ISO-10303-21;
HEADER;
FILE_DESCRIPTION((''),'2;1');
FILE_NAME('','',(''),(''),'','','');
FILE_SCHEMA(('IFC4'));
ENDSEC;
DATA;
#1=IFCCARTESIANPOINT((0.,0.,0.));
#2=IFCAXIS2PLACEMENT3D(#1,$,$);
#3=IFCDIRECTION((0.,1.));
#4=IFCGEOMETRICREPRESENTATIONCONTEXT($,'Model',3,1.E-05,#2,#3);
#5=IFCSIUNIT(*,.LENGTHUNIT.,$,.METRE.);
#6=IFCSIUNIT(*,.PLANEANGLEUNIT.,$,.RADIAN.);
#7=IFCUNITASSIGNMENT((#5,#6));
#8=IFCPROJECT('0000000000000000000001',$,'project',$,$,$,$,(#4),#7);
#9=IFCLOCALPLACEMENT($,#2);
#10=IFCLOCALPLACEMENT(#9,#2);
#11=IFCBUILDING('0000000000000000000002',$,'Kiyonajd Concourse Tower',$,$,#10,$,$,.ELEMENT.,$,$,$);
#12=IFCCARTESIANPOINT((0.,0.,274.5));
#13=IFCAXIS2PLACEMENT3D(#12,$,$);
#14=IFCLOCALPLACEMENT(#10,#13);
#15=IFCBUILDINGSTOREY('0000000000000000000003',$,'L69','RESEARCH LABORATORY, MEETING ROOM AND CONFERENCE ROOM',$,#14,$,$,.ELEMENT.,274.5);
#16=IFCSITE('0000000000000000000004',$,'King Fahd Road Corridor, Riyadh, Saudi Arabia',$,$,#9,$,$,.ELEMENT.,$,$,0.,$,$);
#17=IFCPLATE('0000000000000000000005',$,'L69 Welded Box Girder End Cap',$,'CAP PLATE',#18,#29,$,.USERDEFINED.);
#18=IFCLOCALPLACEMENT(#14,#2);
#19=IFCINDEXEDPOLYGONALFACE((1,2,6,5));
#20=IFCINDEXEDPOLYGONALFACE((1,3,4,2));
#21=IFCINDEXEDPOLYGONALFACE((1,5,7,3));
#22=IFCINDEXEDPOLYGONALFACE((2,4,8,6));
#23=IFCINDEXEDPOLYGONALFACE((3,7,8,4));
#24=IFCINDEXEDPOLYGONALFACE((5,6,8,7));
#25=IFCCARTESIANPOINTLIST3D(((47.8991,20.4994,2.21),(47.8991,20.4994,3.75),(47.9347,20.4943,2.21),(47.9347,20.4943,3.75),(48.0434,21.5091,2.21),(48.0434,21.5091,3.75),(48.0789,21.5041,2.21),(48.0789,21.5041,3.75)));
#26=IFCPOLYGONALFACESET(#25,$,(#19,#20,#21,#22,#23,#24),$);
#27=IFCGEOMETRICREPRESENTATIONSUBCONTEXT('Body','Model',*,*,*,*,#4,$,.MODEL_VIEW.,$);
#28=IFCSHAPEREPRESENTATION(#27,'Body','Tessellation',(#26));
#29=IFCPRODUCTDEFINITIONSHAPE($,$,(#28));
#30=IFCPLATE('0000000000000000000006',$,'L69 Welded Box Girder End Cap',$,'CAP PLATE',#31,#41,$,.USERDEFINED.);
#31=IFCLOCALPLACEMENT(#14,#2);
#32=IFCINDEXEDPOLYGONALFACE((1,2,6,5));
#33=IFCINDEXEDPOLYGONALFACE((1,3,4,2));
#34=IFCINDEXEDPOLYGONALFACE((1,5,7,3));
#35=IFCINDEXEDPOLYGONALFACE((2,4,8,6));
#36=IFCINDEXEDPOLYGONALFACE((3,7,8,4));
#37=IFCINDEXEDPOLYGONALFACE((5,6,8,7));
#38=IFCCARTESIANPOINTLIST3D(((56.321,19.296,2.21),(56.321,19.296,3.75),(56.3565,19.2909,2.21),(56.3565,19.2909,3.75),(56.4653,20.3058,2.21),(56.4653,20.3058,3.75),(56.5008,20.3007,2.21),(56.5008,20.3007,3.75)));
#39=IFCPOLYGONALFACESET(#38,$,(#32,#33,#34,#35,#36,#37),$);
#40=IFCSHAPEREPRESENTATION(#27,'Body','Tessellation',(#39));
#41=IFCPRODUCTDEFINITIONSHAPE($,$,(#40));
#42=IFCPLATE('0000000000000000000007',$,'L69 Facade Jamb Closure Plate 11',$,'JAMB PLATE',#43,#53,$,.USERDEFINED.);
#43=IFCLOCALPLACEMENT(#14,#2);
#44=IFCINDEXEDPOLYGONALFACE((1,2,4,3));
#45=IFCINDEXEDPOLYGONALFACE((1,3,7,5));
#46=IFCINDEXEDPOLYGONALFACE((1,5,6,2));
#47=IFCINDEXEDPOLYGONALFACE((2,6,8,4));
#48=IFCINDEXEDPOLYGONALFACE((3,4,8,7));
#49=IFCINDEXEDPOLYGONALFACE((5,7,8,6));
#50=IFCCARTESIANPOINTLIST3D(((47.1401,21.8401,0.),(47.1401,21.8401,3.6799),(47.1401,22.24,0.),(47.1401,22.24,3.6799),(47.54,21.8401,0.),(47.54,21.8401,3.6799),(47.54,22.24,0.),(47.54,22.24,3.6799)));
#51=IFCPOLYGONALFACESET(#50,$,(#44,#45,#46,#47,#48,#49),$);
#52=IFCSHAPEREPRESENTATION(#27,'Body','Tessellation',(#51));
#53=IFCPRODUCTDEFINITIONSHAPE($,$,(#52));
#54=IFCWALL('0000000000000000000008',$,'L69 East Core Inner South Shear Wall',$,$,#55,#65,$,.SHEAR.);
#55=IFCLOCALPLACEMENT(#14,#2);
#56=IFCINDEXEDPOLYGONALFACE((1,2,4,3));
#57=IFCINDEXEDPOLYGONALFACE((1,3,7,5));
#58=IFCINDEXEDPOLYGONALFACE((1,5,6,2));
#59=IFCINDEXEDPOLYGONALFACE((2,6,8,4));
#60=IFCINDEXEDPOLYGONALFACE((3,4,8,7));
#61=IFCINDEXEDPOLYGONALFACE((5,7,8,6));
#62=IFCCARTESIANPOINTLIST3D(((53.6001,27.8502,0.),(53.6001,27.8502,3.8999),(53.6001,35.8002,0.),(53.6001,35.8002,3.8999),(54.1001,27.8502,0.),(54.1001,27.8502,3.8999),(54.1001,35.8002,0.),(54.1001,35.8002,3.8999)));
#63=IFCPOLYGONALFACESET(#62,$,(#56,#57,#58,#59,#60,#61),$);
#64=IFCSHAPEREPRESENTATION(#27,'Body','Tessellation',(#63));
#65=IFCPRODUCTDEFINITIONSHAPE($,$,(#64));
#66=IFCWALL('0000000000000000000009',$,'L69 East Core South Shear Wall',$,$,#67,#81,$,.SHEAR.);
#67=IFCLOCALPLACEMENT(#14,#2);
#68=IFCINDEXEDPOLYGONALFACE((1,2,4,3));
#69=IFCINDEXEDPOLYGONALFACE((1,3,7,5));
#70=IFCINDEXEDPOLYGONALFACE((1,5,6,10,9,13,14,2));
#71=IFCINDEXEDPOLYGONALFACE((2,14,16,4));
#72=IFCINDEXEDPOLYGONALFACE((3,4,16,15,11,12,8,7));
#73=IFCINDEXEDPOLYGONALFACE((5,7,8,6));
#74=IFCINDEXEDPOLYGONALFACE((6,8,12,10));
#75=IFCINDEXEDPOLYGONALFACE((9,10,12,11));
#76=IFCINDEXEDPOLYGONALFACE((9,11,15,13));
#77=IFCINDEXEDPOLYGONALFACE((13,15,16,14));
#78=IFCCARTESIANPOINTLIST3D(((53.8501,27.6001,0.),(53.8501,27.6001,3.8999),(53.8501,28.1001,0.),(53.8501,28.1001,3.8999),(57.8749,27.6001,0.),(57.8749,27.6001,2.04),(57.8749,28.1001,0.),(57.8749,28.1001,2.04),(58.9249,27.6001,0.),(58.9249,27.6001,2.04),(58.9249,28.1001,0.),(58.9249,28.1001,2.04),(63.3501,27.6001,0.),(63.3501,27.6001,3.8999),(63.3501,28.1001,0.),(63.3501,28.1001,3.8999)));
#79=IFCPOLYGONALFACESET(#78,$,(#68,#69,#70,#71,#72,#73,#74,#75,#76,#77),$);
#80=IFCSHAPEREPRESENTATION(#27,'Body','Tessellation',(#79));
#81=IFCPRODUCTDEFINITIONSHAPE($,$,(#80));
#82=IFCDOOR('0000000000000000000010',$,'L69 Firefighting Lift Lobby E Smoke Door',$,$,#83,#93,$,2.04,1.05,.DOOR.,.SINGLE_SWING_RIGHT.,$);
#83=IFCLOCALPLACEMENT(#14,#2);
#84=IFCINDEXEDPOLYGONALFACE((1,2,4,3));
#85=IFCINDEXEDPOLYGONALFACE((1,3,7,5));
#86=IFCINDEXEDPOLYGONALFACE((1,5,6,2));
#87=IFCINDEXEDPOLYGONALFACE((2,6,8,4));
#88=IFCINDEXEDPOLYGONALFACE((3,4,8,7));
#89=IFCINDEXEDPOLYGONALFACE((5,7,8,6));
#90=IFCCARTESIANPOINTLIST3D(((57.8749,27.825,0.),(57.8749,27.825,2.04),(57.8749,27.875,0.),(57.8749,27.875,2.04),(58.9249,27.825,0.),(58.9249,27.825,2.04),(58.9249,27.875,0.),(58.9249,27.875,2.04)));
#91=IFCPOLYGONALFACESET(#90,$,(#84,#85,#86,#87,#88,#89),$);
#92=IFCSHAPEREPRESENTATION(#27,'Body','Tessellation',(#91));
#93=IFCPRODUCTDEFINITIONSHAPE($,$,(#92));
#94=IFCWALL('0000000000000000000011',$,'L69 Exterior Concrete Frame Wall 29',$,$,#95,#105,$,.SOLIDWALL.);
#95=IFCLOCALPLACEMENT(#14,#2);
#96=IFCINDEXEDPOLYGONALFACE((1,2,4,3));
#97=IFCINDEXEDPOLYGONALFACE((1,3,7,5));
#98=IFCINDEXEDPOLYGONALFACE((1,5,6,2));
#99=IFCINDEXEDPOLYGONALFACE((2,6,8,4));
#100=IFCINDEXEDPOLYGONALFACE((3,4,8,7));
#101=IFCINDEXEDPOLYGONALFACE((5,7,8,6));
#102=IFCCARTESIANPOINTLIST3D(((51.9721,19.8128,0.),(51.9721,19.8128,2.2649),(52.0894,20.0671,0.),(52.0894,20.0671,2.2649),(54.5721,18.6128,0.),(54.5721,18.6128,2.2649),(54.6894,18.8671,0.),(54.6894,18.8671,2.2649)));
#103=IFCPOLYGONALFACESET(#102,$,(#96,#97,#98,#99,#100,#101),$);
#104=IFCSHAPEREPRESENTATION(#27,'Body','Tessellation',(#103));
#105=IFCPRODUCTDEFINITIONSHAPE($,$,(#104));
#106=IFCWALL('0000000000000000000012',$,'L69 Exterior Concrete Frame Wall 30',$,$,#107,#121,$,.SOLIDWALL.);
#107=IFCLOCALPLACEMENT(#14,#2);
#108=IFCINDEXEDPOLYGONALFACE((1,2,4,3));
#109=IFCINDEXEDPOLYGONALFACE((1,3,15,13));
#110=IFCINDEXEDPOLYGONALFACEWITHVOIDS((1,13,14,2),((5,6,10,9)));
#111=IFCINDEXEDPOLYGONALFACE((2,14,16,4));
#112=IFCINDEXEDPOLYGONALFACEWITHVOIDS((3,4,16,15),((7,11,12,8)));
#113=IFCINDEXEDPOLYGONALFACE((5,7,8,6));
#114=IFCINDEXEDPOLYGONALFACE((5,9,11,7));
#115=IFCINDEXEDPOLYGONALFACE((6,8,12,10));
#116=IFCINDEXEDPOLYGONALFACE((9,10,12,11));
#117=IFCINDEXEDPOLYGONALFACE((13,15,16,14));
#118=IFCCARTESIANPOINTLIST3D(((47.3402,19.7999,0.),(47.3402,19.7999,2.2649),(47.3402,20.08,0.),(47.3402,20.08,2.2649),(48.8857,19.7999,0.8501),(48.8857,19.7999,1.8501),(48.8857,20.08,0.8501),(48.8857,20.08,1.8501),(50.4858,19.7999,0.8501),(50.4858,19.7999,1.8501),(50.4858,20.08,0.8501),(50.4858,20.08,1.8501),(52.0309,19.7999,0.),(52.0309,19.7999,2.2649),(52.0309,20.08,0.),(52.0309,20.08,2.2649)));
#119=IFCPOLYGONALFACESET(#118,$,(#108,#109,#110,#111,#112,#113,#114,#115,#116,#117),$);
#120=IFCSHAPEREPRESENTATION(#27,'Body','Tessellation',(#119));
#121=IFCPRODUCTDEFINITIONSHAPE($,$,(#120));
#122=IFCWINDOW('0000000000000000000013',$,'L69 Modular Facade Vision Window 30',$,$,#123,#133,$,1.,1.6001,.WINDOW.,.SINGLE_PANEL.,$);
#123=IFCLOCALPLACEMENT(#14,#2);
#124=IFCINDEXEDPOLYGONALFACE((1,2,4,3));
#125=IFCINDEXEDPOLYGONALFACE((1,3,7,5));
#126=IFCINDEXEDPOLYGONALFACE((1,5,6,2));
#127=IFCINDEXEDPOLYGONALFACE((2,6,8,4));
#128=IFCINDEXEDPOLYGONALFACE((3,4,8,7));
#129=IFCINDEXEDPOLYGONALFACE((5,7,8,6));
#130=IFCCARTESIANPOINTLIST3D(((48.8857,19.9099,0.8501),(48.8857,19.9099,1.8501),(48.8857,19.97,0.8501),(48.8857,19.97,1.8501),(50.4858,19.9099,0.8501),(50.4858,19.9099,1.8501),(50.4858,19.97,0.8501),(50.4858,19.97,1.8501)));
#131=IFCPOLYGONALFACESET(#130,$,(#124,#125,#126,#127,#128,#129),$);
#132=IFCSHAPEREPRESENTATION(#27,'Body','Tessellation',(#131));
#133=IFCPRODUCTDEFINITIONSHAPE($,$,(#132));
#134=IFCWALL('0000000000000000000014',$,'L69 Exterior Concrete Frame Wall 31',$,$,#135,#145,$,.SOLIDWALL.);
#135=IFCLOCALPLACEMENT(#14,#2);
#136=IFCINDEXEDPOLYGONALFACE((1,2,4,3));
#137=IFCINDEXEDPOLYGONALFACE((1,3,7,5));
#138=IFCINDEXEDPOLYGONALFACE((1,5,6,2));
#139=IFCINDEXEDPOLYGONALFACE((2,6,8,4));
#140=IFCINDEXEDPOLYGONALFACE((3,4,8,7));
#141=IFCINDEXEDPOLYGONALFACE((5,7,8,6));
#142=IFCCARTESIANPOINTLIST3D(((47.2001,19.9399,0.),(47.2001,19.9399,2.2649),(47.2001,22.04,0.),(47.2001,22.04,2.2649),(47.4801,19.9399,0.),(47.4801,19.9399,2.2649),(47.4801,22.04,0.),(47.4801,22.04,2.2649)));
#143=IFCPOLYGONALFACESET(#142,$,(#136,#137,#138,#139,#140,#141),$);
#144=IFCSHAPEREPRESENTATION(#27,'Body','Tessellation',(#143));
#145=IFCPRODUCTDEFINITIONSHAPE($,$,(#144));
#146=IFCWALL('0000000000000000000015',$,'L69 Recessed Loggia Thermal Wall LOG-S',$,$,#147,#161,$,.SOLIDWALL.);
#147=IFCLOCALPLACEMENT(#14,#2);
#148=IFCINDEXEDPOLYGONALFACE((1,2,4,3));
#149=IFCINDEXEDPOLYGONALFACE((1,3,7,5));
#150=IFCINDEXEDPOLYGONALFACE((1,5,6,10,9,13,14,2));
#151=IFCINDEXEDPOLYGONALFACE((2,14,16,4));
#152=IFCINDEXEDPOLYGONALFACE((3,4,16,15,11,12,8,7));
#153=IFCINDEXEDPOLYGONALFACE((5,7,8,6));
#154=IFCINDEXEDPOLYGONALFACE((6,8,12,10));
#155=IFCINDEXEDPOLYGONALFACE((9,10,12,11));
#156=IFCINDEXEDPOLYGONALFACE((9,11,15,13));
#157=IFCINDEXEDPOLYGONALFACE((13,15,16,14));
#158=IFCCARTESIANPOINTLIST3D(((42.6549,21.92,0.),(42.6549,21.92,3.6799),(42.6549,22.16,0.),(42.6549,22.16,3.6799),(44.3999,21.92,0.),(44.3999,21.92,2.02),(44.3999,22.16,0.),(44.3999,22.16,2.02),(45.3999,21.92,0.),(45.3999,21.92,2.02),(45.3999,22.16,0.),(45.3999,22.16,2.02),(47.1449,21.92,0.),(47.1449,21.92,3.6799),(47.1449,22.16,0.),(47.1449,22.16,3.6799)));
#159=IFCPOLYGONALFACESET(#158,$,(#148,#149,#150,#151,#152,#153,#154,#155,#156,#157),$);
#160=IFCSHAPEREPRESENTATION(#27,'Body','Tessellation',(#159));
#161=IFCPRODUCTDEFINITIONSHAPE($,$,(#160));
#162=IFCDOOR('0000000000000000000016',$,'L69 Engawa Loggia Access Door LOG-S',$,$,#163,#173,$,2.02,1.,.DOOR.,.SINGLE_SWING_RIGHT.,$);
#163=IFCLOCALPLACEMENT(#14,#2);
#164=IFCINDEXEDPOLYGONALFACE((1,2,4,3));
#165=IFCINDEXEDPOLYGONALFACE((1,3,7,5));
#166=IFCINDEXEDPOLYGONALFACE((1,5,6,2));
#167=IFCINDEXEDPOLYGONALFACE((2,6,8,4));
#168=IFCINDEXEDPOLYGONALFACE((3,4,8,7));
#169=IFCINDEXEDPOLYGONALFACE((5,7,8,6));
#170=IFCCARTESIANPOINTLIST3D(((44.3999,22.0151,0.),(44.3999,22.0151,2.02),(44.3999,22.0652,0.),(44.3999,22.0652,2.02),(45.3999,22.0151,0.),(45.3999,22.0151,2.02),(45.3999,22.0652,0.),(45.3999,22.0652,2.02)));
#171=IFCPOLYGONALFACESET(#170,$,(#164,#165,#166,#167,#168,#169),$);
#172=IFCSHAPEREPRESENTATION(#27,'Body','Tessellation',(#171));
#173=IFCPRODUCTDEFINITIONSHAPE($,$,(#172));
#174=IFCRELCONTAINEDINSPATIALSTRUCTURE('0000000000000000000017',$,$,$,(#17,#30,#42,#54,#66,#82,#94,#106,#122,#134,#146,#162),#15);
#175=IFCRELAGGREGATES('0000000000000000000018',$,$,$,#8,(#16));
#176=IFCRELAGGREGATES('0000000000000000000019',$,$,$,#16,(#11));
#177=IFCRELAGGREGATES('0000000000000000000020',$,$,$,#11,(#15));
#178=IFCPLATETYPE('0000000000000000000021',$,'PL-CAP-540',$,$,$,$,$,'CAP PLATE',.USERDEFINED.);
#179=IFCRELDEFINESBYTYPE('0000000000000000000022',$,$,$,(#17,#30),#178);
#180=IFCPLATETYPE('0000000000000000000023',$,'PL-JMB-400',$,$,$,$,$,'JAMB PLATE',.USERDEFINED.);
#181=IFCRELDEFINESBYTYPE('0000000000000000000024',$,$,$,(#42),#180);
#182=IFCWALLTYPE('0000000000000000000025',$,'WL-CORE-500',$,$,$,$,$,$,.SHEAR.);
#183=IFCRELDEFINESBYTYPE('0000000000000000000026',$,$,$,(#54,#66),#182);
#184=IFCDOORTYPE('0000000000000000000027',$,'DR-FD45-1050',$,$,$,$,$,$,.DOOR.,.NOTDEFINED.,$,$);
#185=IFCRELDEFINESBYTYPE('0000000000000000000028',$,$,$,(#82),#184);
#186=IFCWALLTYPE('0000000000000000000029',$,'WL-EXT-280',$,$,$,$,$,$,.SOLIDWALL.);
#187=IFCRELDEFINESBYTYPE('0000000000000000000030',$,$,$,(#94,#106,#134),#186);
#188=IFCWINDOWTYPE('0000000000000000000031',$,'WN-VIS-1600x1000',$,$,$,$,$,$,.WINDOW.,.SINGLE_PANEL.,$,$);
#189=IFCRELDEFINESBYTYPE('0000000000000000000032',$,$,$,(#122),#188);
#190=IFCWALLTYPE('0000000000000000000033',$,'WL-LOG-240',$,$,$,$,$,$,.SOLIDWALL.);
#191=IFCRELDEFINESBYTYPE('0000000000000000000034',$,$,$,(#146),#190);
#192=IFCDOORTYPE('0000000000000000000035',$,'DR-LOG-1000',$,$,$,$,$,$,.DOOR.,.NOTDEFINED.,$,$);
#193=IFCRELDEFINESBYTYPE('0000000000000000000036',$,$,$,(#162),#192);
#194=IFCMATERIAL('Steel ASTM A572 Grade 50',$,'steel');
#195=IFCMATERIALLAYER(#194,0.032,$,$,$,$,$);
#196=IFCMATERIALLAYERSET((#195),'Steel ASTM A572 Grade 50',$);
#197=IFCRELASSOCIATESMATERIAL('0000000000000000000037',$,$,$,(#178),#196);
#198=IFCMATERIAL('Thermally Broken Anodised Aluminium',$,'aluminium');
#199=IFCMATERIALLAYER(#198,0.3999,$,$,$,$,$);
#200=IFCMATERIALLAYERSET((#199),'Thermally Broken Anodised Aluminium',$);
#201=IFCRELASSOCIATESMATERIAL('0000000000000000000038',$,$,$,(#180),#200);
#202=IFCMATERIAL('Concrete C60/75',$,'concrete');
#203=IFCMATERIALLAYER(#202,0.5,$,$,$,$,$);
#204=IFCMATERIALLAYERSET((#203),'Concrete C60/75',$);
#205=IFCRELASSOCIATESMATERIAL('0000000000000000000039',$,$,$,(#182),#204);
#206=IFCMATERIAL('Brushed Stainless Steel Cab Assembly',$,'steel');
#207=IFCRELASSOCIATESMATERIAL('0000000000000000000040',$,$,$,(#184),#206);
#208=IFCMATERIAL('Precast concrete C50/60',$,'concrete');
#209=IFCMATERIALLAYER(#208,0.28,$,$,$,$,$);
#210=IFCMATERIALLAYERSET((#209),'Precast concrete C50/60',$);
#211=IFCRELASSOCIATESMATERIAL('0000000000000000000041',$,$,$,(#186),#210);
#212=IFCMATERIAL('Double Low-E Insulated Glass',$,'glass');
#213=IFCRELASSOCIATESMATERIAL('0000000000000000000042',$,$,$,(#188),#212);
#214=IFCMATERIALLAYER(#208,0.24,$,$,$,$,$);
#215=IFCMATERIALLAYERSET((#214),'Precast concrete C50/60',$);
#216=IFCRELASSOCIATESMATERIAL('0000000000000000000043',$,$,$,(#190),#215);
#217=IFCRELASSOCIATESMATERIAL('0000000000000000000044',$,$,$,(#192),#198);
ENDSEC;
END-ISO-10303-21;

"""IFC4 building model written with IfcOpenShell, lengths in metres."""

from ifc_helpers import new_model, si_unit, direction, frame, frame_2d, origin, origin_2d, place, context, subcontext, project, spatial, rectangle, extrude, material, layer, layer_set, type_object, element, fill, save


model = new_model("IFC4")

# Units and contexts
model_context = context("Model", 3, precision=1e-05, world=origin(), true_north=direction((0.0, 1.0)))
body_context = subcontext(model_context, "Body", "Model", "MODEL_VIEW")
ifc_project = project(units=[si_unit("LENGTHUNIT", "METRE"), si_unit("PLANEANGLEUNIT", "RADIAN")], contexts=[model_context])

# Site, building, storey
site_placement = place(None, origin())
site = spatial("IfcSite", under=ifc_project, at=site_placement, Name="King Fahd Road Corridor, Riyadh, Saudi Arabia", CompositionType="ELEMENT", RefElevation=0.0)
building_placement = place(site_placement, origin())
building = spatial("IfcBuilding", under=site, at=building_placement, Name="Kiyonajd Concourse Tower", CompositionType="ELEMENT")
storey_placement = place(building_placement, frame((0.0, 0.0, 274.5)))
storey = spatial("IfcBuildingStorey", under=building, at=storey_placement, Name="L69", Description="RESEARCH LABORATORY, MEETING ROOM AND CONFERENCE ROOM", CompositionType="ELEMENT", Elevation=274.5)

# Shared definitions
ifc_material_1 = material(Name="Concrete C60/75", Category="concrete")

# Shared definitions
ifc_material_2 = material(Name="Steel ASTM A572 Grade 50", Category="steel")

# Plates
ifc_layer_1 = layer(ifc_material_2, 0.032)
ifc_layer_set_1 = layer_set([ifc_layer_1], Name="Steel ASTM A572 Grade 50")
plate_type_1 = type_object("IfcPlateType", Name="PL-CAP-540", ElementType="CAP PLATE", PredefinedType="USERDEFINED", material=ifc_layer_set_1)
for number, where, z_axis, x_axis, name in (
    (1, (47.989, 21.0017, 2.21), (0.0, 0.0, 1.0), (-0.98995, 0.14142, 0.0), "L69 Welded Box Girder End Cap"),
    (2, (56.4109, 19.7983, 2.21), (0.0, 0.0, 1.0), (0.98995, -0.14142, 0.0), "L69 Welded Box Girder End Cap"),
):
    element("IfcPlate", number, at=place(storey_placement, frame(where, z_axis=z_axis, x_axis=x_axis)), inside=storey, type_object=plate_type_1, Name=name, ObjectType="CAP PLATE", PredefinedType="USERDEFINED", context=body_context, shape_type="SweptSolid", body=[
        extrude(rectangle(XDim=0.0359, YDim=1.02, at=origin_2d()), origin(), (0.0, 0.0, 1.0), 1.54),
    ])
ifc_material_3 = material(Name="Thermally Broken Anodised Aluminium", Category="aluminium")
ifc_layer_2 = layer(ifc_material_3, 0.3999)
ifc_layer_set_2 = layer_set([ifc_layer_2], Name="Thermally Broken Anodised Aluminium")
plate_type_2 = type_object("IfcPlateType", Name="PL-JMB-400", ElementType="JAMB PLATE", PredefinedType="USERDEFINED", material=ifc_layer_set_2)
plate_placement = place(storey_placement, frame((47.3401, 22.04, 0.0), z_axis=(0.0, 0.0, 1.0), x_axis=(1.0, 0.0, 0.0)))
element("IfcPlate", 3, at=plate_placement, inside=storey, type_object=plate_type_2, Name="L69 Facade Jamb Closure Plate 11", ObjectType="JAMB PLATE", PredefinedType="USERDEFINED", context=body_context, shape_type="SweptSolid", body=[
    extrude(rectangle(XDim=0.3999, YDim=0.3999, at=origin_2d()), origin(), (0.0, 0.0, 1.0), 3.6799),
])

# Wall
ifc_layer_3 = layer(ifc_material_1, 0.5)
ifc_layer_set_3 = layer_set([ifc_layer_3], Name="Concrete C60/75")
wall_type_1 = type_object("IfcWallType", Name="WL-CORE-500", PredefinedType="SHEAR", material=ifc_layer_set_3)
wall_1_placement = place(storey_placement, frame((53.8501, 27.8501, 0.0), z_axis=(0.0, 0.0, 1.0), x_axis=(0.0, 1.0, 0.0)))
element("IfcWall", 4, at=wall_1_placement, inside=storey, type_object=wall_type_1, Name="L69 East Core Inner South Shear Wall", PredefinedType="SHEAR", context=body_context, shape_type="SweptSolid", body=[
    extrude(rectangle(XDim=7.95, YDim=0.5, at=frame_2d((3.9751, 0.0))), origin(), (0.0, 0.0, 1.0), 3.8999),
])

# Wall, opening, door
wall_2_placement = place(storey_placement, frame((53.8501, 27.8501, 0.0), z_axis=(0.0, 0.0, 1.0), x_axis=(1.0, 0.0, 0.0)))
wall_2 = element("IfcWall", 5, at=wall_2_placement, inside=storey, type_object=wall_type_1, Name="L69 East Core South Shear Wall", PredefinedType="SHEAR", context=body_context, shape_type="SweptSolid", body=[
    extrude(rectangle(XDim=9.5, YDim=0.5, at=frame_2d((4.75, 0.0))), origin(), (0.0, 0.0, 1.0), 3.8999),
])
opening_1_placement = place(wall_2_placement, frame((4.0249, 0.0, 0.0)))
opening_1 = element("IfcOpeningElement", 6, at=opening_1_placement, cuts=wall_2, PredefinedType="OPENING", context=body_context, shape_type="SweptSolid", body=[
    extrude(rectangle(XDim=1.05, YDim=2.04, at=frame_2d((0.5249, 1.02))), frame((0.0, 0.26, 0.0), z_axis=(0.0, -1.0, 0.0), x_axis=(1.0, 0.0, 0.0)), (0.0, 0.0, 1.0), 0.52),
])
ifc_material_4 = material(Name="Brushed Stainless Steel Cab Assembly", Category="steel")
door_type_1 = type_object("IfcDoorType", Name="DR-FD45-1050", OperationType="NOTDEFINED", PredefinedType="DOOR", material=ifc_material_4)
door_1_placement = place(opening_1_placement, origin())
door_1 = element("IfcDoor", 7, at=door_1_placement, inside=storey, type_object=door_type_1, Name="L69 Firefighting Lift Lobby E Smoke Door", OperationType="SINGLE_SWING_RIGHT", OverallHeight=2.04, OverallWidth=1.05, PredefinedType="DOOR", context=body_context, shape_type="SweptSolid", body=[
    extrude(rectangle(XDim=1.05, YDim=2.04, at=frame_2d((0.5249, 1.02))), frame((0.0, 0.0249, 0.0), z_axis=(0.0, -1.0, 0.0), x_axis=(1.0, 0.0, 0.0)), (0.0, 0.0, 1.0), 0.05),
])
fill(opening_1, door_1)

# Wall
ifc_material_5 = material(Name="Precast concrete C50/60", Category="concrete")
ifc_layer_4 = layer(ifc_material_5, 0.28)
ifc_layer_set_4 = layer_set([ifc_layer_4], Name="Precast concrete C50/60")
wall_type_2 = type_object("IfcWallType", Name="WL-EXT-280", PredefinedType="SOLIDWALL", material=ifc_layer_set_4)
wall_3_placement = place(storey_placement, frame((54.6306, 18.74, 0.0), z_axis=(0.0, 0.0, 1.0), x_axis=(-0.907957, 0.419064, 0.0)))
element("IfcWall", 8, at=wall_3_placement, inside=storey, type_object=wall_type_2, Name="L69 Exterior Concrete Frame Wall 29", PredefinedType="SOLIDWALL", context=body_context, shape_type="SweptSolid", body=[
    extrude(rectangle(XDim=2.8635, YDim=0.28, at=frame_2d((1.4316, 0.0))), origin(), (0.0, 0.0, 1.0), 2.2649),
])

# Wall, opening, window
wall_4_placement = place(storey_placement, frame((52.0308, 19.9399, 0.0), z_axis=(0.0, 0.0, 1.0), x_axis=(-1.0, 0.0, 0.0)))
wall_4 = element("IfcWall", 9, at=wall_4_placement, inside=storey, type_object=wall_type_2, Name="L69 Exterior Concrete Frame Wall 30", PredefinedType="SOLIDWALL", context=body_context, shape_type="SweptSolid", body=[
    extrude(rectangle(XDim=4.6907, YDim=0.28, at=frame_2d((2.3452, 0.0))), origin(), (0.0, 0.0, 1.0), 2.2649),
])
opening_2_placement = place(wall_4_placement, frame((1.5449, 0.0, 0.8501)))
opening_2 = element("IfcOpeningElement", 10, at=opening_2_placement, cuts=wall_4, PredefinedType="OPENING", context=body_context, shape_type="SweptSolid", body=[
    extrude(rectangle(XDim=1.6001, YDim=1.0, at=frame_2d((0.8, 0.5))), frame((0.0, 0.1499, 0.0), z_axis=(0.0, -1.0, 0.0), x_axis=(1.0, 0.0, 0.0)), (0.0, 0.0, 1.0), 0.3),
])
ifc_material_6 = material(Name="Double Low-E Insulated Glass", Category="glass")
window_type = type_object("IfcWindowType", Name="WN-VIS-1600x1000", PartitioningType="SINGLE_PANEL", PredefinedType="WINDOW", material=ifc_material_6)
window_placement = place(opening_2_placement, origin())
window = element("IfcWindow", 11, at=window_placement, inside=storey, type_object=window_type, Name="L69 Modular Facade Vision Window 30", OverallHeight=1.0, OverallWidth=1.6001, PartitioningType="SINGLE_PANEL", PredefinedType="WINDOW", context=body_context, shape_type="SweptSolid", body=[
    extrude(rectangle(XDim=1.6001, YDim=1.0, at=frame_2d((0.8, 0.5))), frame((0.0, 0.03, 0.0), z_axis=(0.0, -1.0, 0.0), x_axis=(1.0, 0.0, 0.0)), (0.0, 0.0, 1.0), 0.0601),
])
fill(opening_2, window)

# Wall
wall_5_placement = place(storey_placement, frame((47.3401, 19.9399, 0.0), z_axis=(0.0, 0.0, 1.0), x_axis=(0.0, 1.0, 0.0)))
element("IfcWall", 12, at=wall_5_placement, inside=storey, type_object=wall_type_2, Name="L69 Exterior Concrete Frame Wall 31", PredefinedType="SOLIDWALL", context=body_context, shape_type="SweptSolid", body=[
    extrude(rectangle(XDim=2.1001, YDim=0.28, at=frame_2d((1.05, 0.0))), origin(), (0.0, 0.0, 1.0), 2.2649),
])

# Wall, opening, door
ifc_layer_5 = layer(ifc_material_5, 0.24)
ifc_layer_set_5 = layer_set([ifc_layer_5], Name="Precast concrete C50/60")
wall_type_3 = type_object("IfcWallType", Name="WL-LOG-240", PredefinedType="SOLIDWALL", material=ifc_layer_set_5)
wall_6_placement = place(storey_placement, frame((47.145, 22.04, 0.0), z_axis=(0.0, 0.0, 1.0), x_axis=(-1.0, 0.0, 0.0)))
wall_6 = element("IfcWall", 13, at=wall_6_placement, inside=storey, type_object=wall_type_3, Name="L69 Recessed Loggia Thermal Wall LOG-S", PredefinedType="SOLIDWALL", context=body_context, shape_type="SweptSolid", body=[
    extrude(rectangle(XDim=4.49, YDim=0.24, at=frame_2d((2.2451, 0.0))), origin(), (0.0, 0.0, 1.0), 3.6799),
])
opening_3_placement = place(wall_6_placement, frame((1.7451, 0.0, 0.0)))
opening_3 = element("IfcOpeningElement", 14, at=opening_3_placement, cuts=wall_6, PredefinedType="OPENING", context=body_context, shape_type="SweptSolid", body=[
    extrude(rectangle(XDim=1.0, YDim=2.02, at=frame_2d((0.5, 1.01))), frame((0.0, 0.1299, 0.0), z_axis=(0.0, -1.0, 0.0), x_axis=(1.0, 0.0, 0.0)), (0.0, 0.0, 1.0), 0.26),
])
door_type_2 = type_object("IfcDoorType", Name="DR-LOG-1000", OperationType="NOTDEFINED", PredefinedType="DOOR", material=ifc_material_3)
door_2_placement = place(opening_3_placement, origin())
door_2 = element("IfcDoor", 15, at=door_2_placement, inside=storey, type_object=door_type_2, Name="L69 Engawa Loggia Access Door LOG-S", OperationType="SINGLE_SWING_RIGHT", OverallHeight=2.02, OverallWidth=1.0, PredefinedType="DOOR", context=body_context, shape_type="SweptSolid", body=[
    extrude(rectangle(XDim=1.0, YDim=2.02, at=frame_2d((0.5, 1.01))), frame((0.0, 0.0249, 0.0), z_axis=(0.0, -1.0, 0.0), x_axis=(1.0, 0.0, 0.0)), (0.0, 0.0, 1.0), 0.05),
])
fill(opening_3, door_2)

save(model, "model.ifc")
